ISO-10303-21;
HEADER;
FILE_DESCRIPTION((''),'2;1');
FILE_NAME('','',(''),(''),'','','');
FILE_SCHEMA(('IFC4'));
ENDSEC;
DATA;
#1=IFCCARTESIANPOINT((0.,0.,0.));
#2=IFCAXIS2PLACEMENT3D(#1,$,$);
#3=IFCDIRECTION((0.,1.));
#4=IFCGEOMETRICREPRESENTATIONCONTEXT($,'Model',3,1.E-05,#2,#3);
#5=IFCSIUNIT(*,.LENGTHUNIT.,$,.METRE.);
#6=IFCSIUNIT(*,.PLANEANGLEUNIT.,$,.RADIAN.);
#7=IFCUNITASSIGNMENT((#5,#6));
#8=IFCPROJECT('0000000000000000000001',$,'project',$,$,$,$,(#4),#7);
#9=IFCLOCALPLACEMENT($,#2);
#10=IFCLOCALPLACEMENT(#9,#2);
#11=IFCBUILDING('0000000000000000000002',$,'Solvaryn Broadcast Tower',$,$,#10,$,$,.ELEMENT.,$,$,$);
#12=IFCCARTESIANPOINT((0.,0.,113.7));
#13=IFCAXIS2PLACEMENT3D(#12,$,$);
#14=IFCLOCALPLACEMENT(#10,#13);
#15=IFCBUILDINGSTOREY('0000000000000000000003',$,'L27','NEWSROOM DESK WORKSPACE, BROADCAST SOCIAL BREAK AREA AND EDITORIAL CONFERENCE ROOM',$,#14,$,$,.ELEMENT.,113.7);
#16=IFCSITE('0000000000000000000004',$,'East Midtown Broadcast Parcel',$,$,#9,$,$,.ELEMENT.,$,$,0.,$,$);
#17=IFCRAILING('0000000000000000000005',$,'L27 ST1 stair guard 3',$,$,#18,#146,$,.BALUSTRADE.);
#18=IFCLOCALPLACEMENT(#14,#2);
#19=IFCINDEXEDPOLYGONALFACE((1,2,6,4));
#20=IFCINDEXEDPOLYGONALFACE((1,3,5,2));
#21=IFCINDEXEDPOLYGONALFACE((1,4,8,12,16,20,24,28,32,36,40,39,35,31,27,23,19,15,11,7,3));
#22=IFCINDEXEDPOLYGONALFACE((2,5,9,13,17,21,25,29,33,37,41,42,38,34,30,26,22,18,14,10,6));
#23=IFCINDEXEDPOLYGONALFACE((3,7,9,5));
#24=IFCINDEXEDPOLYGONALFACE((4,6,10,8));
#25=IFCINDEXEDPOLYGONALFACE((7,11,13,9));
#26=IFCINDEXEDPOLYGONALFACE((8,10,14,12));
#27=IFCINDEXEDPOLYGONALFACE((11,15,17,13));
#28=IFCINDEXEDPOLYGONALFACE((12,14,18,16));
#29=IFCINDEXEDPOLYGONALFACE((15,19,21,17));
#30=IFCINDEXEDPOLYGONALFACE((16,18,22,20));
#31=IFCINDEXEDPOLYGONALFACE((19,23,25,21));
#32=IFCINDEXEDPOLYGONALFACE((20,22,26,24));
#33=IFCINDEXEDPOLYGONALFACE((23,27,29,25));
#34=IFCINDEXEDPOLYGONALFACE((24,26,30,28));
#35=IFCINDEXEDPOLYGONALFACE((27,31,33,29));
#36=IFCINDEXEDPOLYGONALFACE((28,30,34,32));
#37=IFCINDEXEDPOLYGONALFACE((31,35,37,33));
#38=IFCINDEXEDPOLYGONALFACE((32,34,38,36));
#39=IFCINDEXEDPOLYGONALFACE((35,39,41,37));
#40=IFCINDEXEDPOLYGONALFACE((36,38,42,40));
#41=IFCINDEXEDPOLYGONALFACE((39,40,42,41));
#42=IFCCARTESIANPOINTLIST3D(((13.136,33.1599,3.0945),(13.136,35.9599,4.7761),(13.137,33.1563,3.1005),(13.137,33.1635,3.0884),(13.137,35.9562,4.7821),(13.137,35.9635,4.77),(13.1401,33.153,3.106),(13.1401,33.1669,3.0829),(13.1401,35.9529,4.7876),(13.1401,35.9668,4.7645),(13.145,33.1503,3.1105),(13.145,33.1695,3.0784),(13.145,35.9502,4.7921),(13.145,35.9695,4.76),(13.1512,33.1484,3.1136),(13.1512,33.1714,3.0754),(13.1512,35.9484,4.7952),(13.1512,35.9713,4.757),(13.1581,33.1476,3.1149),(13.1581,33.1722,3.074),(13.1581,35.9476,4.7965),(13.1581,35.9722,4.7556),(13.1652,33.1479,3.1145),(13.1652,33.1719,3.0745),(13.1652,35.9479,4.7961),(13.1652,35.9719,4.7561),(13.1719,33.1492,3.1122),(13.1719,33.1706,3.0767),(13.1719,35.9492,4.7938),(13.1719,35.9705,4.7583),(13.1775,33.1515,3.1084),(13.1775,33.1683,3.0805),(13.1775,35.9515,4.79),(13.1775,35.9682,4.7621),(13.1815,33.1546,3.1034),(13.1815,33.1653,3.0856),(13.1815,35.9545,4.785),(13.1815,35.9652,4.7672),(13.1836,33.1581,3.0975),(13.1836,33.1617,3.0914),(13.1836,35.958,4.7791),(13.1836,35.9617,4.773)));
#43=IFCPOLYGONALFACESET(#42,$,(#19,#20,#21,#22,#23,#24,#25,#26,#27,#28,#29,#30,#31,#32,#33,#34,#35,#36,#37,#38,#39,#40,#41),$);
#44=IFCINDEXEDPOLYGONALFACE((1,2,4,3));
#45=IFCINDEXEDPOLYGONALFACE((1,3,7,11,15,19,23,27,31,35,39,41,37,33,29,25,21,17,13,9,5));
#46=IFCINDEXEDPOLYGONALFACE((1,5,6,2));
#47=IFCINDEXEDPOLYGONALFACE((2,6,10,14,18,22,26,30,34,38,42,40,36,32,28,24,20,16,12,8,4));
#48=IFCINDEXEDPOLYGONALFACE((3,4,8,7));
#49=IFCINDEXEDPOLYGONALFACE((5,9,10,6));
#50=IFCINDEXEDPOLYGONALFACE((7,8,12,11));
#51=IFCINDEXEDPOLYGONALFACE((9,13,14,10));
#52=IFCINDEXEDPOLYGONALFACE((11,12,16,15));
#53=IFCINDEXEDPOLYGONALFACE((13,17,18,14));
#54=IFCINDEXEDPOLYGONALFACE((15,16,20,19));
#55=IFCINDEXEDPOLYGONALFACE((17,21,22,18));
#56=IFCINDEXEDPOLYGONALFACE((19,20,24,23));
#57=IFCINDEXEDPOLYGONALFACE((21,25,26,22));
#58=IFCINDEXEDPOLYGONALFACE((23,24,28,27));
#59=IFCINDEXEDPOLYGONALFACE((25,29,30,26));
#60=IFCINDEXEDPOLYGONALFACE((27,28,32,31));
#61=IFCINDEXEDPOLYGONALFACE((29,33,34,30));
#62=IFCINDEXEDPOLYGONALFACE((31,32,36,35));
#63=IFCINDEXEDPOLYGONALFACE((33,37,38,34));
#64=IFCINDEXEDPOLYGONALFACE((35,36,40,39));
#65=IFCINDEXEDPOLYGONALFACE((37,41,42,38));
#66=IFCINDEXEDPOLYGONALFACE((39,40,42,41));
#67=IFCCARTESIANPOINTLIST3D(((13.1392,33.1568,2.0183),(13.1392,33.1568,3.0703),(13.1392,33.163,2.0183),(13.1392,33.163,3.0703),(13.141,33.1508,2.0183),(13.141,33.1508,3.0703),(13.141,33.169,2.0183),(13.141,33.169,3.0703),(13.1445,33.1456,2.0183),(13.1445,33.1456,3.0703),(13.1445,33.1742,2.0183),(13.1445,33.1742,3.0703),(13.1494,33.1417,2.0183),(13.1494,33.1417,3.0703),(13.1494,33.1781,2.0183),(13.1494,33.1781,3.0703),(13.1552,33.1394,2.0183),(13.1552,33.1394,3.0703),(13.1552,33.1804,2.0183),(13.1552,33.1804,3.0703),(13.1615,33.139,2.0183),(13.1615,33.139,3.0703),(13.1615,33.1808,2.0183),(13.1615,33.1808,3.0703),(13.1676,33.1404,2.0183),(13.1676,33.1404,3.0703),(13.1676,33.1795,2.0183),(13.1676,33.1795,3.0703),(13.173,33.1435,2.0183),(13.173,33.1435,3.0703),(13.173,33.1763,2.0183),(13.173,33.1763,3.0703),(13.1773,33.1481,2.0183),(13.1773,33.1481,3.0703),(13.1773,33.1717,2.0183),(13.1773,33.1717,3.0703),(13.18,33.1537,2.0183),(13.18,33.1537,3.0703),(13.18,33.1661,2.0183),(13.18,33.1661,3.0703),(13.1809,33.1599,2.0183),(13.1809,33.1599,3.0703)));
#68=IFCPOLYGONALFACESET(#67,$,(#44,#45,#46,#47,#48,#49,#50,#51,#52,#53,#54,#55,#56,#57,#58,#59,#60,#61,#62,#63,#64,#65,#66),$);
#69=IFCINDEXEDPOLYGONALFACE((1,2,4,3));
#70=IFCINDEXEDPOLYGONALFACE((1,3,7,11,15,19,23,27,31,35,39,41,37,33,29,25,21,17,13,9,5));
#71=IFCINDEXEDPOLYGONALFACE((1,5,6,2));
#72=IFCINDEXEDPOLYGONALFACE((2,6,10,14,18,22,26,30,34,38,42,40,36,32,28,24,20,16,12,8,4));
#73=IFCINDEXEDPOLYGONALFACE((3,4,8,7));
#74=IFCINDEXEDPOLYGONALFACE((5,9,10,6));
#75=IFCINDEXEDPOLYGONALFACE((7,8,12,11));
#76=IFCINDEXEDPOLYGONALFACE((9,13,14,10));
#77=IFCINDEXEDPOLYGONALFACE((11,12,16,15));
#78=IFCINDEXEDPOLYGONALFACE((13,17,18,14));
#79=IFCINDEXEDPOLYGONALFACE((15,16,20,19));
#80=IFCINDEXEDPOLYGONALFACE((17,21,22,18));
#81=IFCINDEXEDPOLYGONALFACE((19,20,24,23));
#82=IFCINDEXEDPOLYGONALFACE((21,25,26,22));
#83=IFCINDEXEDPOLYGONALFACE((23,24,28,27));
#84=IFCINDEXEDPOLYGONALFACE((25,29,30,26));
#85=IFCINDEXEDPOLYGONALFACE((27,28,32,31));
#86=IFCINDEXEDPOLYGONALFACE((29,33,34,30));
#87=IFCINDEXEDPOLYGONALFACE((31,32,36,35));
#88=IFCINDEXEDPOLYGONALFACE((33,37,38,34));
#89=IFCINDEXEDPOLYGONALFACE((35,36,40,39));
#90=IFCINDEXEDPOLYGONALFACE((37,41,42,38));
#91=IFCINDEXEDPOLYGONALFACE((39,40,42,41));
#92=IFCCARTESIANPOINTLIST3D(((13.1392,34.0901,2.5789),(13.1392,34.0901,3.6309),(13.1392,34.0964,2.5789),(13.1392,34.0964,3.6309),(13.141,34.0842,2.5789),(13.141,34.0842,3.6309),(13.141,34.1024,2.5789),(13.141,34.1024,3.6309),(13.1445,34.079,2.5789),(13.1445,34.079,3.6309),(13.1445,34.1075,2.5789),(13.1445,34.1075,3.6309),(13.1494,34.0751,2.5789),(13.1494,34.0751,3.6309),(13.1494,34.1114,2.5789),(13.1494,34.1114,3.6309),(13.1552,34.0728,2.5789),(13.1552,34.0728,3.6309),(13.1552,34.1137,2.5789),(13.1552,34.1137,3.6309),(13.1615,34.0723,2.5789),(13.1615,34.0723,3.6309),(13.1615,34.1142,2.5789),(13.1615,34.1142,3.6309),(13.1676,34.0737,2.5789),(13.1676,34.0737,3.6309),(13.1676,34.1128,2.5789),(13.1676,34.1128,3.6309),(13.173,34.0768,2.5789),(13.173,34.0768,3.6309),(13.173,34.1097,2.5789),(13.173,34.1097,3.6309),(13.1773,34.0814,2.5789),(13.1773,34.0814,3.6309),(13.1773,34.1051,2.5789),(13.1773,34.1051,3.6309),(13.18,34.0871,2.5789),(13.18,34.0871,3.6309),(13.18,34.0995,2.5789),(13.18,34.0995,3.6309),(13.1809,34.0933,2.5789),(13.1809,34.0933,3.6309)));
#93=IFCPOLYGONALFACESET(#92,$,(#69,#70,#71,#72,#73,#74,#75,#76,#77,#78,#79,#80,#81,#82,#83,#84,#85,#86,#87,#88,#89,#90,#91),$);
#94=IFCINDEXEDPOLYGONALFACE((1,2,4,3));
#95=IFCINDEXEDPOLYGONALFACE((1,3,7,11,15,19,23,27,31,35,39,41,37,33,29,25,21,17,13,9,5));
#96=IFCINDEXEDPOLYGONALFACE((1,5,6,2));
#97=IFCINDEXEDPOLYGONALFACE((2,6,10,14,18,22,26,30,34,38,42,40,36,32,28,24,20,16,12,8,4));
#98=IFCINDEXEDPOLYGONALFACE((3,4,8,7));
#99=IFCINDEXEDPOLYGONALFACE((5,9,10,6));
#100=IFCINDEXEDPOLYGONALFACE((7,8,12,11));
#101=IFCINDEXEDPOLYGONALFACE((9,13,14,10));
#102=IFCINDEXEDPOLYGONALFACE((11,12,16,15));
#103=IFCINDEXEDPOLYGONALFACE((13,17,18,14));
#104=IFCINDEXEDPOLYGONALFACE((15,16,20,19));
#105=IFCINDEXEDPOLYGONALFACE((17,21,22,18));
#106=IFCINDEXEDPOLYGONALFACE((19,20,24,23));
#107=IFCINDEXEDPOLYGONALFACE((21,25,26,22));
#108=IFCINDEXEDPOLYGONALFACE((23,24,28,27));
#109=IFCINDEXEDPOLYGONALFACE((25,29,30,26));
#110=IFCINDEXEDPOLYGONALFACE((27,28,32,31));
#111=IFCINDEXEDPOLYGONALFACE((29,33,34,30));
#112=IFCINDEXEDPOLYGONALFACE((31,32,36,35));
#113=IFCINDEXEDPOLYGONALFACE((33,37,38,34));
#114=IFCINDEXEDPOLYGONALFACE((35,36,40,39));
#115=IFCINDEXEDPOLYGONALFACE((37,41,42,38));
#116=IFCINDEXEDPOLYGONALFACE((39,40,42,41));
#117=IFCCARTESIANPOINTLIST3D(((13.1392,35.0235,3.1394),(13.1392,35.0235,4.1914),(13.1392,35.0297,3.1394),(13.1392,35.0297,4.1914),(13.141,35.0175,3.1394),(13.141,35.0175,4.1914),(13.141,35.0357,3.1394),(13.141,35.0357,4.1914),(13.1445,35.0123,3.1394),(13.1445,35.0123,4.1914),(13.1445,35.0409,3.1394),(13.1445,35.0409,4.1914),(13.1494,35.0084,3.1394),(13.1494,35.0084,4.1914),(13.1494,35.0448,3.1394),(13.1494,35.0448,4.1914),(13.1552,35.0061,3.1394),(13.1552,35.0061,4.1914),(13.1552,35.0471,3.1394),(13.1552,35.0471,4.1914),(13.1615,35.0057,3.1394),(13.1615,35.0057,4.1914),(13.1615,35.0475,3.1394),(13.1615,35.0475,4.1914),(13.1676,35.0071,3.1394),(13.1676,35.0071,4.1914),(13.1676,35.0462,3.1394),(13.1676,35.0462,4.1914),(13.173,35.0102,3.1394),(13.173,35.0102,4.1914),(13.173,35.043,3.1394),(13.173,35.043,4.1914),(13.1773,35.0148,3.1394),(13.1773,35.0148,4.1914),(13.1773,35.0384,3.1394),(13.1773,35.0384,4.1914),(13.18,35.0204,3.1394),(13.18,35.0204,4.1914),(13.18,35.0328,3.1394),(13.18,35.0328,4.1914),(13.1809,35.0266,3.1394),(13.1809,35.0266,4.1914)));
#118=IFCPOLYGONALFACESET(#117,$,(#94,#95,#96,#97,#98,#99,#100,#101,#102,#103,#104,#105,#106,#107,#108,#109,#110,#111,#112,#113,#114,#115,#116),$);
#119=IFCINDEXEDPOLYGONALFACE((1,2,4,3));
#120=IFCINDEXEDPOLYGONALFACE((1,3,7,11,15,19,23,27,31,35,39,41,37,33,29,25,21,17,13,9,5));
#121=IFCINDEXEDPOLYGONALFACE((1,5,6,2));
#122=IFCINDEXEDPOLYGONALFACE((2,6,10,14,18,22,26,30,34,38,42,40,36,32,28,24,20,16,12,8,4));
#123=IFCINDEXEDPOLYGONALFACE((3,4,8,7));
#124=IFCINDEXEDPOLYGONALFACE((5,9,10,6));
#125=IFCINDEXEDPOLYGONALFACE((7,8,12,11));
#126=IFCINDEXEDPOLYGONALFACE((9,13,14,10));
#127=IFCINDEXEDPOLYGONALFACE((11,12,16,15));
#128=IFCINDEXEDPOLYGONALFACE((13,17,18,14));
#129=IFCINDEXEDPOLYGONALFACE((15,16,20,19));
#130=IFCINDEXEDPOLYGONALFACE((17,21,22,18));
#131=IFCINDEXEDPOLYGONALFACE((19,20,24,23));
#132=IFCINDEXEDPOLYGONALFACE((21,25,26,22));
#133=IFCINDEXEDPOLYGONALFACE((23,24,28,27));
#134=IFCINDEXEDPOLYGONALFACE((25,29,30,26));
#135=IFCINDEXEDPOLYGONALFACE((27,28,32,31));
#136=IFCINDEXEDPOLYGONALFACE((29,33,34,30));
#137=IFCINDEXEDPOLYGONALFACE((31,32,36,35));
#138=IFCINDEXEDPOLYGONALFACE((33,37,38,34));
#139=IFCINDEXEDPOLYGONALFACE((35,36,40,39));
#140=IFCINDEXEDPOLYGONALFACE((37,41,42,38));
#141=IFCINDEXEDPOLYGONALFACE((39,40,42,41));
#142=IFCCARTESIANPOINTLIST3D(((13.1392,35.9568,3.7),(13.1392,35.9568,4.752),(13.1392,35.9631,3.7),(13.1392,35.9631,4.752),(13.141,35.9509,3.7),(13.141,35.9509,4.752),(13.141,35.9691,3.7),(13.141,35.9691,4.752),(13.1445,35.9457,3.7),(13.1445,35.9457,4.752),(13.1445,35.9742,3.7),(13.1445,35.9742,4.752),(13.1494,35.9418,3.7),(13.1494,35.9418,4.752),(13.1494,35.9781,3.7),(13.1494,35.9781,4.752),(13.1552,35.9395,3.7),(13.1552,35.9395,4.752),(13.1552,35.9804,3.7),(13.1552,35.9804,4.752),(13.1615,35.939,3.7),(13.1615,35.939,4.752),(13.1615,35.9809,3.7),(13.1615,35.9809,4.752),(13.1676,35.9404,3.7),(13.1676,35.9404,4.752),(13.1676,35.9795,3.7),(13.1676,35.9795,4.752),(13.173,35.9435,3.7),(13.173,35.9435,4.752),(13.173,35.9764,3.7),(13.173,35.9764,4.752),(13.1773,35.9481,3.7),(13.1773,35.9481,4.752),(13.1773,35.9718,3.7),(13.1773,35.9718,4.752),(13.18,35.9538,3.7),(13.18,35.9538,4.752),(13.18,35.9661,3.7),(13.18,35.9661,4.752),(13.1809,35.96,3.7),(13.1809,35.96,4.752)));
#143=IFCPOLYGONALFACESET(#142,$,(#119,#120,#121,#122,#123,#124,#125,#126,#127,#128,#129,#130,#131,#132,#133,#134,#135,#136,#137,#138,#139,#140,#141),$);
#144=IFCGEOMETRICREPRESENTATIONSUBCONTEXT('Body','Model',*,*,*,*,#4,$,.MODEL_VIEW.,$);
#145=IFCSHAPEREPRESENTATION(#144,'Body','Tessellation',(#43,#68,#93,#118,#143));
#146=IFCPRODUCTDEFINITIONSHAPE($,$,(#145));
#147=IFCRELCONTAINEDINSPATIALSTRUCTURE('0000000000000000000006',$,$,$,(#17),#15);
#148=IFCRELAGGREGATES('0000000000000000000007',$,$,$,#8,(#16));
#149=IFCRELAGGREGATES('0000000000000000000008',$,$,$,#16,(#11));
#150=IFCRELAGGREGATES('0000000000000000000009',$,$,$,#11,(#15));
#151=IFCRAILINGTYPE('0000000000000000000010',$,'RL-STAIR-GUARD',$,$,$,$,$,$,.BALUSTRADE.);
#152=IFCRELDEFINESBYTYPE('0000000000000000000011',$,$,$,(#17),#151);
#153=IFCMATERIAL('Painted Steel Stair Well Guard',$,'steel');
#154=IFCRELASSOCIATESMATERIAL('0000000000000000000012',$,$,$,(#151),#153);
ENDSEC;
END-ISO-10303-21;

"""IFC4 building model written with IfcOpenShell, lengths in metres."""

from ifc_helpers import new_model, si_unit, direction, frame, origin, origin_2d, place, context, subcontext, project, spatial, circle, extrude, material, type_object, element, save


model = new_model("IFC4")

# Units and contexts
model_context = context("Model", 3, precision=1e-05, world=origin(), true_north=direction((0.0, 1.0)))
body_context = subcontext(model_context, "Body", "Model", "MODEL_VIEW")
ifc_project = project(units=[si_unit("LENGTHUNIT", "METRE"), si_unit("PLANEANGLEUNIT", "RADIAN")], contexts=[model_context])

# Site, building, storey
site_placement = place(None, origin())
site = spatial("IfcSite", under=ifc_project, at=site_placement, Name="East Midtown Broadcast Parcel", CompositionType="ELEMENT", RefElevation=0.0)
building_placement = place(site_placement, origin())
building = spatial("IfcBuilding", under=site, at=building_placement, Name="Solvaryn Broadcast Tower", CompositionType="ELEMENT")
storey_placement = place(building_placement, frame((0.0, 0.0, 113.7)))
storey = spatial("IfcBuildingStorey", under=building, at=storey_placement, Name="L27", Description="NEWSROOM DESK WORKSPACE, BROADCAST SOCIAL BREAK AREA AND EDITORIAL CONFERENCE ROOM", CompositionType="ELEMENT", Elevation=113.7)

# Railing
ifc_material_1 = material(Name="Painted Steel Stair Well Guard", Category="steel")
railing_type_1 = type_object("IfcRailingType", Name="RL-STAIR-GUARD", PredefinedType="BALUSTRADE", material=ifc_material_1)
railing_1_placement = place(storey_placement, frame((13.1599, 33.1599, 2.0183)))
element("IfcRailing", 1, at=railing_1_placement, inside=storey, type_object=railing_type_1, Name="L27 ST1 stair guard 3", PredefinedType="BALUSTRADE", context=body_context, shape_type="SweptSolid", body=[
    extrude(circle(Radius=0.0239, at=origin_2d()), frame((0.0, 0.0, 1.0762), z_axis=(0.0, 0.857275, 0.514858), x_axis=(-1.0, 0.0, 0.0)), (0.0, 0.0, 1.0), 3.2661),
    extrude(circle(Radius=0.021, at=origin_2d()), origin(), (0.0, 0.0, 1.0), 1.052),
    extrude(circle(Radius=0.021, at=origin_2d()), frame((0.0, 0.9333, 0.5605)), (0.0, 0.0, 1.0), 1.052),
    extrude(circle(Radius=0.021, at=origin_2d()), frame((0.0, 1.8667, 1.1211)), (0.0, 0.0, 1.0), 1.052),
    extrude(circle(Radius=0.021, at=origin_2d()), frame((0.0, 2.8, 1.6816)), (0.0, 0.0, 1.0), 1.052),
])

save(model, "model.ifc")
